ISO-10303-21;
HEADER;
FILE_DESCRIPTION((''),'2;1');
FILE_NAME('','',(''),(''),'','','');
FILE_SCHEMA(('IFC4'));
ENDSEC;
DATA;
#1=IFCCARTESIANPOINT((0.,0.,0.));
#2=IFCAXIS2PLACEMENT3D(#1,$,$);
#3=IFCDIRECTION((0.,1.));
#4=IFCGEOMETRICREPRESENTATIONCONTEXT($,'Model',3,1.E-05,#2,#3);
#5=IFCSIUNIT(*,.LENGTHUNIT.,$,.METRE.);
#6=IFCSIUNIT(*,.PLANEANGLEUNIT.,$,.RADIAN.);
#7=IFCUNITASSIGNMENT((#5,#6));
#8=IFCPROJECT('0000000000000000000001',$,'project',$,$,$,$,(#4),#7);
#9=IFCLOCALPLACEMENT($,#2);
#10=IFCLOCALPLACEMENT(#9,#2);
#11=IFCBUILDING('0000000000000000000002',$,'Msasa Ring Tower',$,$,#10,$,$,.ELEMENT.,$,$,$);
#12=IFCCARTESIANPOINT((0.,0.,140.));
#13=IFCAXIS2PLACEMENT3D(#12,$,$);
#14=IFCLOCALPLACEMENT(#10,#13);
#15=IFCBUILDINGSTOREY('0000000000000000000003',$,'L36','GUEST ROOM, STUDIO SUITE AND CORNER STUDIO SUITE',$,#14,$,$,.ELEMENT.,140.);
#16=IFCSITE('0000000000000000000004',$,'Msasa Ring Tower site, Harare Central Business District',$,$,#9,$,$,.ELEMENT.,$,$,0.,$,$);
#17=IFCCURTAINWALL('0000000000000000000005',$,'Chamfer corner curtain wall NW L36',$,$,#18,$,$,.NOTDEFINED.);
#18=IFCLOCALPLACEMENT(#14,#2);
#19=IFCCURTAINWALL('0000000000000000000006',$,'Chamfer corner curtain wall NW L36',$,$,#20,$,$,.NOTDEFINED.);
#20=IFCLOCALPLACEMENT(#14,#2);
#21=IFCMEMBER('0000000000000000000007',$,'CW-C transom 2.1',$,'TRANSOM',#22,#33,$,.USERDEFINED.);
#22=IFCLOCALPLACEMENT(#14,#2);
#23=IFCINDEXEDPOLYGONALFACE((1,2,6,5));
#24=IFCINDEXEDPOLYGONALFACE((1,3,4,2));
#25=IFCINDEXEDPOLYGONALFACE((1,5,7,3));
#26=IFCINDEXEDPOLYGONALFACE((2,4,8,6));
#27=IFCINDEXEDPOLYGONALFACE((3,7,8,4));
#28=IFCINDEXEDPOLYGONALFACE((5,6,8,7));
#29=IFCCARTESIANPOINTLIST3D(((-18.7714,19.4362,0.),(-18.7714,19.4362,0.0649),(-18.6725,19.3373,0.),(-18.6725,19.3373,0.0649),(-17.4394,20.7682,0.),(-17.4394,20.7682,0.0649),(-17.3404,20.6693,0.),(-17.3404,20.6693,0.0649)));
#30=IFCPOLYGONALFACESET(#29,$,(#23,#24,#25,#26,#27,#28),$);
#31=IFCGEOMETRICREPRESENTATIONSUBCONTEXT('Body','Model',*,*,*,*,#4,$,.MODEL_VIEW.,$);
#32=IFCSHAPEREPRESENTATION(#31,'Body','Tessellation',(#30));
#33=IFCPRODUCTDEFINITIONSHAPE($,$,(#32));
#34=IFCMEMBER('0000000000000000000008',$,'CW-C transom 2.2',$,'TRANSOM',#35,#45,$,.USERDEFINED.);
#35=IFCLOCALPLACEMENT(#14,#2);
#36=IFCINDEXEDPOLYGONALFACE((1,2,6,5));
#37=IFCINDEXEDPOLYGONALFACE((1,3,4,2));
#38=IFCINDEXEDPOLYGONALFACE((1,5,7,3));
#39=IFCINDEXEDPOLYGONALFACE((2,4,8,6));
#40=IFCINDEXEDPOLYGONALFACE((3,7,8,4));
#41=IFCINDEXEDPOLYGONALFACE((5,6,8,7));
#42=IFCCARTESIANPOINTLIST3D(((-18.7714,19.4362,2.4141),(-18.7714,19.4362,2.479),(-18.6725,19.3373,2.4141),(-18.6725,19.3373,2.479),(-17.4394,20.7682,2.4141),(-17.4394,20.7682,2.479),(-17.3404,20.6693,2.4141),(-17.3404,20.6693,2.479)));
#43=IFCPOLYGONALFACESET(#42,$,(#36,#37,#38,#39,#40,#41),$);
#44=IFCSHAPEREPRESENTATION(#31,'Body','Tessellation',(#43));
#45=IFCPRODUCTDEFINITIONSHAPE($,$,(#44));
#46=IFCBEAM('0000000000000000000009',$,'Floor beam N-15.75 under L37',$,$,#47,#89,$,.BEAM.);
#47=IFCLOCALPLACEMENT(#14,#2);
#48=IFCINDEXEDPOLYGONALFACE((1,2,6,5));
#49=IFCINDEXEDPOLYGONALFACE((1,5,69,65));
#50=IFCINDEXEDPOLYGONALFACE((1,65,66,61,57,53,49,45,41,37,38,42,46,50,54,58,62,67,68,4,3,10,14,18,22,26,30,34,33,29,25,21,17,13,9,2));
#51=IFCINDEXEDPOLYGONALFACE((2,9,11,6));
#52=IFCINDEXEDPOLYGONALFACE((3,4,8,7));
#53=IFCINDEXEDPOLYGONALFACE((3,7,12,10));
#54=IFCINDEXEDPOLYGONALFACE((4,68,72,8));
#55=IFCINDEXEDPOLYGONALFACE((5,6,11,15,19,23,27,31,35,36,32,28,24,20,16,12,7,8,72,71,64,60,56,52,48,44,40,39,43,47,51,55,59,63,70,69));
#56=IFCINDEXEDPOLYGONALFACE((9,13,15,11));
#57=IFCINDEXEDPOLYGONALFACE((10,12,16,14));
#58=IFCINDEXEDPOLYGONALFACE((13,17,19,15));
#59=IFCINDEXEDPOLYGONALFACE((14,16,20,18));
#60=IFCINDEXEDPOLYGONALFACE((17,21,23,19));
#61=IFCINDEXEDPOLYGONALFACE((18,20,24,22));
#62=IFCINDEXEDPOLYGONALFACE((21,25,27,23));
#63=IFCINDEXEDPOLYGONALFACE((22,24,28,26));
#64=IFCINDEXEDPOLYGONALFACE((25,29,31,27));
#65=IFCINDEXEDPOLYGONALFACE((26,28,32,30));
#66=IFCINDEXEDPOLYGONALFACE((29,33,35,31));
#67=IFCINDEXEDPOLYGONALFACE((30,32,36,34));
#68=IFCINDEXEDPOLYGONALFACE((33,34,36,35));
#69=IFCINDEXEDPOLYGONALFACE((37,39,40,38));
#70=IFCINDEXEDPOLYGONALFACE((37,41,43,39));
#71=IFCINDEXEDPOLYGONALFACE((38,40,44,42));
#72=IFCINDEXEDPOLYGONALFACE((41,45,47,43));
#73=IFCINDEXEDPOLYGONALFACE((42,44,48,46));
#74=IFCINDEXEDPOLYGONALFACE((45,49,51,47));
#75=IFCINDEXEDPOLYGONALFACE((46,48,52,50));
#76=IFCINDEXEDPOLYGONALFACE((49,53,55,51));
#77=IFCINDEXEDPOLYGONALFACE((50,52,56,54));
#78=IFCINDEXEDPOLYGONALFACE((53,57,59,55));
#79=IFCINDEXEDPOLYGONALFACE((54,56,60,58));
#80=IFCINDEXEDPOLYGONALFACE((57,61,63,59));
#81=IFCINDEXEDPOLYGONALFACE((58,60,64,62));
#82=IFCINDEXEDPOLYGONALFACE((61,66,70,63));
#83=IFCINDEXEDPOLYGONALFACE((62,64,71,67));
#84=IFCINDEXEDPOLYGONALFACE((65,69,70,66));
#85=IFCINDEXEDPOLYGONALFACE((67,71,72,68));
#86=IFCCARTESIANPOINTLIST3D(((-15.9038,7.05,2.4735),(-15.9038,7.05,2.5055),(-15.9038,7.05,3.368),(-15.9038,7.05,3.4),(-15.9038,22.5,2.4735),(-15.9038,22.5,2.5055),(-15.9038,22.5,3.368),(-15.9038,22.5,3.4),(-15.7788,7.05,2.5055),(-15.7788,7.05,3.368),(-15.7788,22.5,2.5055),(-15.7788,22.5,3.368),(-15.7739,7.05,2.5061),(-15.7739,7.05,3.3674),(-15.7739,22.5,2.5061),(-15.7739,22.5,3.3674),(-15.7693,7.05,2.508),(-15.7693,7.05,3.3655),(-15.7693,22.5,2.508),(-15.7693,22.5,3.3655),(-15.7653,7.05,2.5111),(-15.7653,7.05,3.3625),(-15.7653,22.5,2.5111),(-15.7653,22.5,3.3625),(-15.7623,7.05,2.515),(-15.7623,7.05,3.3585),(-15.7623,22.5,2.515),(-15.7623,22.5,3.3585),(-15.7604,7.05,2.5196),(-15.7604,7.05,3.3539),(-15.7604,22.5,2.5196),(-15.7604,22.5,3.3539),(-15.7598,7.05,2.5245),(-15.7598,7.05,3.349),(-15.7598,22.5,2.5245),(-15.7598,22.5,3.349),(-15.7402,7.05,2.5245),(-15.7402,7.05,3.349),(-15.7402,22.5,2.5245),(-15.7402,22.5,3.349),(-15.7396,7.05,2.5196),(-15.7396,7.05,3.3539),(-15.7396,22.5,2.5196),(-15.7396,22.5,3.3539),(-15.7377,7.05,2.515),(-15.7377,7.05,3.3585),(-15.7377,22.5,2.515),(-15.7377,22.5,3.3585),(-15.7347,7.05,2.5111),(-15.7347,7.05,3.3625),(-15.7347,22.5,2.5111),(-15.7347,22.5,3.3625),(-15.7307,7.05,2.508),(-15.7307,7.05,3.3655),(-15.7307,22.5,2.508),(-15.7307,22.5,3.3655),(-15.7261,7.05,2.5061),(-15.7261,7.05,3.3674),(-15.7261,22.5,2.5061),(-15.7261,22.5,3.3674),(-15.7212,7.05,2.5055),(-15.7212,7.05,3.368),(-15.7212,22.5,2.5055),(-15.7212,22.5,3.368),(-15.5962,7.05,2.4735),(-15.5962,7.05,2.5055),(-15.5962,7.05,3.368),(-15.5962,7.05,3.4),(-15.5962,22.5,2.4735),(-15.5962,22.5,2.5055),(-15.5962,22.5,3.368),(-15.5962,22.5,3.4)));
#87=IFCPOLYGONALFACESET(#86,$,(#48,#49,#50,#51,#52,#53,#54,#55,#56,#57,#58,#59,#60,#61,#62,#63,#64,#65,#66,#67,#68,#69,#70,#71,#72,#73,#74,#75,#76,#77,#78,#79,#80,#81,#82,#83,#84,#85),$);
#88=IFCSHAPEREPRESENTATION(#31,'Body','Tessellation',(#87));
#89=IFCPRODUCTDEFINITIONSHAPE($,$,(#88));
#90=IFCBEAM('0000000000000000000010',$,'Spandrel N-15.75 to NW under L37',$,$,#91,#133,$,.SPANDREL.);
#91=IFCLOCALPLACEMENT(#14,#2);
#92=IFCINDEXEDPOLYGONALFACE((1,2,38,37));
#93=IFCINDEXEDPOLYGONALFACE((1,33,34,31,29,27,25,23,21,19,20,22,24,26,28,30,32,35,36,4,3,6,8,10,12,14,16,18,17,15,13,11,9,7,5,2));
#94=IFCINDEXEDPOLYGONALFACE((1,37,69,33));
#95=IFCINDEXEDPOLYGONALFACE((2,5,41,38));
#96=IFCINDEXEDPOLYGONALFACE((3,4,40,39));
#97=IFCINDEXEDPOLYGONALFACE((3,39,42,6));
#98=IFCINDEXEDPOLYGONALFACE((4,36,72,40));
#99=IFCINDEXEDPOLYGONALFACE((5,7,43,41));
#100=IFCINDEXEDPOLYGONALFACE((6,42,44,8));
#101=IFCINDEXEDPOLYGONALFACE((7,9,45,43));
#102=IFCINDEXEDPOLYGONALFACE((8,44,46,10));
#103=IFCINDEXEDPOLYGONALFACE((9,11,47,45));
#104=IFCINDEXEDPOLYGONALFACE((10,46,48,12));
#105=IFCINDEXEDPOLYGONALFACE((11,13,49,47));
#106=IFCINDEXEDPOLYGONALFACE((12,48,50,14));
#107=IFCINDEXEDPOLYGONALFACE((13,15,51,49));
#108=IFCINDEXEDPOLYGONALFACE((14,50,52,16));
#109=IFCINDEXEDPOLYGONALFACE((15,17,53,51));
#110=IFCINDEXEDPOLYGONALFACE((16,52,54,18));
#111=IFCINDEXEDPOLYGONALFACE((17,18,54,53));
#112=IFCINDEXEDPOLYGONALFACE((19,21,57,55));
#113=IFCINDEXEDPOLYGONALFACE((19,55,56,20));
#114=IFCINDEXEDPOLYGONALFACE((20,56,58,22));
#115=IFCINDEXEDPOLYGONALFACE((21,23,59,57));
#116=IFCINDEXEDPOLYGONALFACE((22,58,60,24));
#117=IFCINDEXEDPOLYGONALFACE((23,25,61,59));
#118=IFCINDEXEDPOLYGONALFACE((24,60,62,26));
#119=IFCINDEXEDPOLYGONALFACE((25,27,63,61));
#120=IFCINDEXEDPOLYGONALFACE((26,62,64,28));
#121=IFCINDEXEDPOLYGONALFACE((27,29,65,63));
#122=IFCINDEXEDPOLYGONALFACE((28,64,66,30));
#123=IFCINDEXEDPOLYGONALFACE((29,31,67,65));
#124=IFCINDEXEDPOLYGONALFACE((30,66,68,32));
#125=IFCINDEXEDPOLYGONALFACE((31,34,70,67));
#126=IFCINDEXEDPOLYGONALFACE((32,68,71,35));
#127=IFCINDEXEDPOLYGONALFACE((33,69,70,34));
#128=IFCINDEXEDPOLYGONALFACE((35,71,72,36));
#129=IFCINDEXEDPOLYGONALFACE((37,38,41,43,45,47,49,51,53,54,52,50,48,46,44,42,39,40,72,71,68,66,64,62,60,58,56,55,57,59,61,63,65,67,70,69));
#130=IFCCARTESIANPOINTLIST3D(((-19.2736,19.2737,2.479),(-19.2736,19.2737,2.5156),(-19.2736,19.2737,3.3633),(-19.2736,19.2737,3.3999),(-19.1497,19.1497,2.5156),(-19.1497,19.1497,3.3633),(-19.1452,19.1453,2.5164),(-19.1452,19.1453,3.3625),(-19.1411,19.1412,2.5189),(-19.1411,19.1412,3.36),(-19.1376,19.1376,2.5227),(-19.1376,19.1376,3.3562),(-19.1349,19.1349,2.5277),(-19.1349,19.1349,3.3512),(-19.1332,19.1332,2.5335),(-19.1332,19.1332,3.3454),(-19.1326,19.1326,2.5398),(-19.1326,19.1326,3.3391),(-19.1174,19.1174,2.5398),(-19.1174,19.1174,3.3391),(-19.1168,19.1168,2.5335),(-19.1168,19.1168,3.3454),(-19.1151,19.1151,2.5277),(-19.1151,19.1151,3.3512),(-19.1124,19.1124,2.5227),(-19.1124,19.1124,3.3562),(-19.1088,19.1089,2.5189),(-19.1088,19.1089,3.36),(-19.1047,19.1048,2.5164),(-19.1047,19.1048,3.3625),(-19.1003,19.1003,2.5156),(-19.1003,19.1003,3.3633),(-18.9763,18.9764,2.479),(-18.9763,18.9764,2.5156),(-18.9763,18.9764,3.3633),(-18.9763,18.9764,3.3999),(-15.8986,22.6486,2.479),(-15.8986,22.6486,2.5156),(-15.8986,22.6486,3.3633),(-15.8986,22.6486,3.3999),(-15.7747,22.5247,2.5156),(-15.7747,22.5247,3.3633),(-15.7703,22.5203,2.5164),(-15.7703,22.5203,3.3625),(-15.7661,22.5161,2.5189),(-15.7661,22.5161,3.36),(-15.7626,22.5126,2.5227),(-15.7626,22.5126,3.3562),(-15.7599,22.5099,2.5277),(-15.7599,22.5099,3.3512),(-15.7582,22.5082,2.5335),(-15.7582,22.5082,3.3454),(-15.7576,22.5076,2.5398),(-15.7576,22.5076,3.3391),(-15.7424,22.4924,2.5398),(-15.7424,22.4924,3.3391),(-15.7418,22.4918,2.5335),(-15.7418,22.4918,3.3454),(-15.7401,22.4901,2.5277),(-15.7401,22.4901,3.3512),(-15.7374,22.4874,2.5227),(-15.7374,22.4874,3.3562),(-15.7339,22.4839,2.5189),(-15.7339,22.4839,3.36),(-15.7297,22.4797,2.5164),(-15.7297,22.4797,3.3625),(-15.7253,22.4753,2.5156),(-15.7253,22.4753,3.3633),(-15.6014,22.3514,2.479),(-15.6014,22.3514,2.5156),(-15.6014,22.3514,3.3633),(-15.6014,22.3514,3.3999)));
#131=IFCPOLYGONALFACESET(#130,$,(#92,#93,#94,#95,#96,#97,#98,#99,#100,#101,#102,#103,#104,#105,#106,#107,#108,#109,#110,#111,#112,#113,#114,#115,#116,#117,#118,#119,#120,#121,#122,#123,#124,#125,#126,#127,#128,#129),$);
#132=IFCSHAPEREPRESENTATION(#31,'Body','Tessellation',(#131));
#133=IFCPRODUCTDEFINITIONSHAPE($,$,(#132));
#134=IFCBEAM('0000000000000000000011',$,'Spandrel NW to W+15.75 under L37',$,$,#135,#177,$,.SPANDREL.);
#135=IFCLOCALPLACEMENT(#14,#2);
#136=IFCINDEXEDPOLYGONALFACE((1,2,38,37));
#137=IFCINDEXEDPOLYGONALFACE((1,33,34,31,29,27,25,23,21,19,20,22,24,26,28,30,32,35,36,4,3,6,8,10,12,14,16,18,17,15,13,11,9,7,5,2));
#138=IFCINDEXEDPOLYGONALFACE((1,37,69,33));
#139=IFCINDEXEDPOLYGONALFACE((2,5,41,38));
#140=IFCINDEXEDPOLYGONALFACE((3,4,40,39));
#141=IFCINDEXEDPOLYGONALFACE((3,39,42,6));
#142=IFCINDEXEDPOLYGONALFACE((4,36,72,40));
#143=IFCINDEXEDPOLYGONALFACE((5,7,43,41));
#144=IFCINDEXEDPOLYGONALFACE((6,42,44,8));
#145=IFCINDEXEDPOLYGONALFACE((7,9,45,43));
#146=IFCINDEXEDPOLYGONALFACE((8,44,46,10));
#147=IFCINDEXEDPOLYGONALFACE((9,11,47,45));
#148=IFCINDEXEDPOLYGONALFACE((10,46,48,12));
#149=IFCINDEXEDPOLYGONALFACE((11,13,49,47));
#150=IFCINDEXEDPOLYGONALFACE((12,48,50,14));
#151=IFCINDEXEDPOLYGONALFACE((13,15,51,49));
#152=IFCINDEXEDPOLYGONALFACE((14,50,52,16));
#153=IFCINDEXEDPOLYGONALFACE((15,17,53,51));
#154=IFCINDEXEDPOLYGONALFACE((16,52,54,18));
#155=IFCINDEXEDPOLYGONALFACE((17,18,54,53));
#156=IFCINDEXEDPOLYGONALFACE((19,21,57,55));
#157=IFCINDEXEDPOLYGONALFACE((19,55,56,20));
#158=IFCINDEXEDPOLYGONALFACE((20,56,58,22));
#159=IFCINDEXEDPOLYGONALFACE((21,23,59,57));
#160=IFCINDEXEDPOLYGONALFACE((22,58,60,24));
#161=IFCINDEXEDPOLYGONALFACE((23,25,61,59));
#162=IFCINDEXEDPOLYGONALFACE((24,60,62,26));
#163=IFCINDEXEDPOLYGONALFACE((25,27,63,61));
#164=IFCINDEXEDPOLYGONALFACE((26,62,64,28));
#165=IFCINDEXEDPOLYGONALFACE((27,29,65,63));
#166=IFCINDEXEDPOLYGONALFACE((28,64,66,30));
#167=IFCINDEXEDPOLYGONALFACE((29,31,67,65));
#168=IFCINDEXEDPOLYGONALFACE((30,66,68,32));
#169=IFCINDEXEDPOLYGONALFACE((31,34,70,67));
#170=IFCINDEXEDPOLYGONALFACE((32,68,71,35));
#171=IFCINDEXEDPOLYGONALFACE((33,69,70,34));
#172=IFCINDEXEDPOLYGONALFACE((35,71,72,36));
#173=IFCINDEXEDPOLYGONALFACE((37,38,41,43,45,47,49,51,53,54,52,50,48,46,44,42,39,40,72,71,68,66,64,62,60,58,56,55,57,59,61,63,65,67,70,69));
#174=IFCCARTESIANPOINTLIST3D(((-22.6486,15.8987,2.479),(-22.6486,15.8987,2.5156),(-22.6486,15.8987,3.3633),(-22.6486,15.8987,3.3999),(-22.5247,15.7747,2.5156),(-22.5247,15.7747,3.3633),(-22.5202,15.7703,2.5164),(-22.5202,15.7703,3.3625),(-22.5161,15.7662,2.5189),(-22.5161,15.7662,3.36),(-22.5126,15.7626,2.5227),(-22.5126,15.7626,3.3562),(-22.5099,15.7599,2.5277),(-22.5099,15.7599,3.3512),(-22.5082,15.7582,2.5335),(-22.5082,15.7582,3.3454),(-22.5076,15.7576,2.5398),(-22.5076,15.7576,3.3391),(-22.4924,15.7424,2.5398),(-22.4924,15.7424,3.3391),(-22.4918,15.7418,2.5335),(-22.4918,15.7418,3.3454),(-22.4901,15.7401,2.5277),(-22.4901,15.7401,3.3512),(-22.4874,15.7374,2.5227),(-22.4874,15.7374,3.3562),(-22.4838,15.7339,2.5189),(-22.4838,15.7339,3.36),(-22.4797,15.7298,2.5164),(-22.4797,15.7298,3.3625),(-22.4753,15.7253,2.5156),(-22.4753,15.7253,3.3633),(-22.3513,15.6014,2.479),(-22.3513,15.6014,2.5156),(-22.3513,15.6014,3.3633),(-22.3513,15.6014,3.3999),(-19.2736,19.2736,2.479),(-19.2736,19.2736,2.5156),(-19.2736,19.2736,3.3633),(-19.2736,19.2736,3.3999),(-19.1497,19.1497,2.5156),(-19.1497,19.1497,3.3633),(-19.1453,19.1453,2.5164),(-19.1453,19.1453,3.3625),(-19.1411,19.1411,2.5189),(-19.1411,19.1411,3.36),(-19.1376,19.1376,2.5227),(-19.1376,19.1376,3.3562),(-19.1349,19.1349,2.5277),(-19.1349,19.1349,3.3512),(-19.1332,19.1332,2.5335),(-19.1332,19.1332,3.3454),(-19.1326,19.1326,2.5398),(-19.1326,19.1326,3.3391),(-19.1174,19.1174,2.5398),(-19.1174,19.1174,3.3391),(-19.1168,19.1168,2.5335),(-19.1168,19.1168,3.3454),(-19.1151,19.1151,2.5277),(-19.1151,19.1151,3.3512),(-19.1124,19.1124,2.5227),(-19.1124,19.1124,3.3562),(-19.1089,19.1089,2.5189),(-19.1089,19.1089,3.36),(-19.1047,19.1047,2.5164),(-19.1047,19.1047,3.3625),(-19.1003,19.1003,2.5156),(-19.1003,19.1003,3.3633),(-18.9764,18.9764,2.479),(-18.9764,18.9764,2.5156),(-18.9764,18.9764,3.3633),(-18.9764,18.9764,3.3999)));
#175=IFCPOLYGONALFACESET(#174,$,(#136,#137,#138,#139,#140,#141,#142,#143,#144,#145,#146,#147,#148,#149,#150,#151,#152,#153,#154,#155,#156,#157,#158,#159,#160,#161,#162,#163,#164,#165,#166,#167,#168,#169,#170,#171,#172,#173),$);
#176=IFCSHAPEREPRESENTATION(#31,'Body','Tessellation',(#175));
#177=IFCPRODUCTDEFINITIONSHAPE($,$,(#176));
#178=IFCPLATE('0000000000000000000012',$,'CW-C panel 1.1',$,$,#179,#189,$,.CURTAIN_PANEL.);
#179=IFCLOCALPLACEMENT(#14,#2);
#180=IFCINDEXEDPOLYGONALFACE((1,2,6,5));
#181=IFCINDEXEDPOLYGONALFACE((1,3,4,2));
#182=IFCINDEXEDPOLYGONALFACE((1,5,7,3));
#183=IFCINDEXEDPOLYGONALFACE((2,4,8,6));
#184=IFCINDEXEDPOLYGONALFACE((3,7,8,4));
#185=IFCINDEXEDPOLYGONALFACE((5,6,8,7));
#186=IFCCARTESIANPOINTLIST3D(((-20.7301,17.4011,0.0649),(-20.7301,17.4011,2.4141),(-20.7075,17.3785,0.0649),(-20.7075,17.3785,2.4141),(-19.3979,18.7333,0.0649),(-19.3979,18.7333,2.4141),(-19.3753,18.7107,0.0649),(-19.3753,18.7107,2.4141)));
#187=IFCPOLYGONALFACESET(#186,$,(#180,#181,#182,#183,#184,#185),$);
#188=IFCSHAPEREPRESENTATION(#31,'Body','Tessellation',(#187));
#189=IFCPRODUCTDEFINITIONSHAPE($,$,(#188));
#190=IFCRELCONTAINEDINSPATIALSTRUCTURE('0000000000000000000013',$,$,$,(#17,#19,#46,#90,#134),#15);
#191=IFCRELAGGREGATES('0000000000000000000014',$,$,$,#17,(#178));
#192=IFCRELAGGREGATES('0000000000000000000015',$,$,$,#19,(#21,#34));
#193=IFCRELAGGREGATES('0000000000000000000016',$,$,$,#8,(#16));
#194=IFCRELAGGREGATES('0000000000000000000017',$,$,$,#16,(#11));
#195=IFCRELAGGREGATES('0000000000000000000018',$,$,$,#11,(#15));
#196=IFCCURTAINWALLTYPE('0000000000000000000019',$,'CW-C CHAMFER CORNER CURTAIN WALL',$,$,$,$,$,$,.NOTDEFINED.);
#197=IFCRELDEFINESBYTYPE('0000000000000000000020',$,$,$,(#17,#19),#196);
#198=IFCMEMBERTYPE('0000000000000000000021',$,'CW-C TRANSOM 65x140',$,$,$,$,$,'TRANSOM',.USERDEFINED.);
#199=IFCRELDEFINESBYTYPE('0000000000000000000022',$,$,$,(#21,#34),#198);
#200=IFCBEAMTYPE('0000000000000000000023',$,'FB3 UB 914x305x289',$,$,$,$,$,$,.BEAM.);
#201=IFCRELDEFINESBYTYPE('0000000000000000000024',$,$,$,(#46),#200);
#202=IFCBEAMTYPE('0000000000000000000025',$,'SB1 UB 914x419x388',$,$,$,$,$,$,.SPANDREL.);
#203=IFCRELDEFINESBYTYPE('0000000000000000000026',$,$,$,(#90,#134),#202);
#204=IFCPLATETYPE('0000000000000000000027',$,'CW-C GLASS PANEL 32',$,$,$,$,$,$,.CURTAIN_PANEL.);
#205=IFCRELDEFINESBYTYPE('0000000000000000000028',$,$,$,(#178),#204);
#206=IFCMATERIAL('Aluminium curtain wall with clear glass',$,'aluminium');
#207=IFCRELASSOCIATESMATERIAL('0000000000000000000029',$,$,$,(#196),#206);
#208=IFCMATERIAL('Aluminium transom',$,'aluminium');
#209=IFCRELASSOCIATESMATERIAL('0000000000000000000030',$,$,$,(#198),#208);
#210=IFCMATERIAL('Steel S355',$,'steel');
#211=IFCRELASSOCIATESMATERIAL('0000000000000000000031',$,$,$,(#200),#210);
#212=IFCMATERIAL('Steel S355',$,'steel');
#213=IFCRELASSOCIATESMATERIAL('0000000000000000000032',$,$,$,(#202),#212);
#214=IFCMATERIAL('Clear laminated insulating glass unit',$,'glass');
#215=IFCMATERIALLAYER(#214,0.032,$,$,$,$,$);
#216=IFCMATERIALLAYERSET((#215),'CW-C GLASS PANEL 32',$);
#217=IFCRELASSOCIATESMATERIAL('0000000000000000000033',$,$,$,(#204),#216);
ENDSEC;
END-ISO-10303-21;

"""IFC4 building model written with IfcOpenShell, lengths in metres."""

from ifc_helpers import new_model, si_unit, direction, frame, origin, origin_2d, place, context, subcontext, project, spatial, rectangle, i_section, extrude, material, layer, layer_set, material_profile, profile_set, type_object, element, aggregate, save


model = new_model("IFC4")

# Units and contexts
model_context = context("Model", 3, precision=1e-05, world=origin(), true_north=direction((0.0, 1.0)))
body_context = subcontext(model_context, "Body", "Model", "MODEL_VIEW")
ifc_project = project(units=[si_unit("LENGTHUNIT", "METRE"), si_unit("PLANEANGLEUNIT", "RADIAN")], contexts=[model_context])

# Site, building, storey
site_placement = place(None, origin())
site = spatial("IfcSite", under=ifc_project, at=site_placement, Name="Msasa Ring Tower site, Harare Central Business District", CompositionType="ELEMENT", RefElevation=0.0)
building_placement = place(site_placement, origin())
building = spatial("IfcBuilding", under=site, at=building_placement, Name="Msasa Ring Tower", CompositionType="ELEMENT")
storey_placement = place(building_placement, frame((0.0, 0.0, 140.0)))
storey = spatial("IfcBuildingStorey", under=building, at=storey_placement, Name="L36", Description="GUEST ROOM, STUDIO SUITE AND CORNER STUDIO SUITE", CompositionType="ELEMENT", Elevation=140.0)

# Curtain walls
ifc_material_1 = material(Name="Aluminium curtain wall with clear glass", Category="aluminium")
curtain_wall_type = type_object("IfcCurtainWallType", Name="CW-C CHAMFER CORNER CURTAIN WALL", PredefinedType="NOTDEFINED", material=ifc_material_1)
curtain_wall_1_placement = place(storey_placement, origin())
curtain_wall_1 = element("IfcCurtainWall", 1, at=curtain_wall_1_placement, inside=storey, type_object=curtain_wall_type, Name="Chamfer corner curtain wall NW L36", PredefinedType="NOTDEFINED")
curtain_wall_2_placement = place(storey_placement, origin())
curtain_wall_2 = element("IfcCurtainWall", 2, at=curtain_wall_2_placement, inside=storey, type_object=curtain_wall_type, Name="Chamfer corner curtain wall NW L36", PredefinedType="NOTDEFINED")

# Members
ifc_material_2 = material(Name="Aluminium transom", Category="aluminium")
ifc_material_profile_1 = material_profile(ifc_material_2, rectangle(XDim=0.1399, YDim=0.0649, at=origin_2d()), Name="AL 65x140")
ifc_profile_set_1 = profile_set([ifc_material_profile_1], Name="Aluminium transom")
member_type_1 = type_object("IfcMemberType", Name="CW-C TRANSOM 65x140", ElementType="TRANSOM", PredefinedType="USERDEFINED", material=ifc_profile_set_1)
member_1_placement = place(storey_placement, frame((-17.3899, 20.7188, 0.0325), z_axis=(-0.707107, -0.707107, 0.0), x_axis=(0.707107, -0.707107, 0.0)))
member_1 = element("IfcMember", 3, at=member_1_placement, type_object=member_type_1, Name="CW-C transom 2.1", ObjectType="TRANSOM", PredefinedType="USERDEFINED", context=body_context, shape_type="SweptSolid", body=[
    extrude(rectangle(XDim=0.1399, YDim=0.0649, at=origin_2d()), origin(), (0.0, 0.0, 1.0), 1.8838),
])
member_2_placement = place(storey_placement, frame((-17.3899, 20.7188, 2.4465), z_axis=(-0.707107, -0.707107, 0.0), x_axis=(0.707107, -0.707107, 0.0)))
member_2 = element("IfcMember", 4, at=member_2_placement, type_object=member_type_1, Name="CW-C transom 2.2", ObjectType="TRANSOM", PredefinedType="USERDEFINED", context=body_context, shape_type="SweptSolid", body=[
    extrude(rectangle(XDim=0.1399, YDim=0.0649, at=origin_2d()), origin(), (0.0, 0.0, 1.0), 1.8838),
])

# Beams
ifc_material_3 = material(Name="Steel S355", Category="steel")
ifc_material_profile_2 = material_profile(ifc_material_3, i_section(OverallWidth=0.3076, OverallDepth=0.9265, WebThickness=0.0195, FlangeThickness=0.032, FilletRadius=0.019, at=origin_2d()), Name="UB 914x305x289")
ifc_profile_set_2 = profile_set([ifc_material_profile_2], Name="Steel S355")
beam_type_1 = type_object("IfcBeamType", Name="FB3 UB 914x305x289", PredefinedType="BEAM", material=ifc_profile_set_2)
beam_placement = place(storey_placement, frame((-15.75, 22.5, 2.9368), z_axis=(0.0, -1.0, 0.0), x_axis=(1.0, 0.0, 0.0)))
element("IfcBeam", 5, at=beam_placement, inside=storey, type_object=beam_type_1, Name="Floor beam N-15.75 under L37", PredefinedType="BEAM", context=body_context, shape_type="SweptSolid", body=[
    extrude(i_section(OverallWidth=0.3076, OverallDepth=0.9265, WebThickness=0.0195, FlangeThickness=0.032, FilletRadius=0.019, at=origin_2d()), origin(), (0.0, 0.0, 1.0), 15.45),
])
ifc_material_4 = material(Name="Steel S355", Category="steel")
ifc_material_profile_3 = material_profile(ifc_material_4, i_section(OverallWidth=0.4204, OverallDepth=0.9209, WebThickness=0.0215, FlangeThickness=0.0366, FilletRadius=0.0242, at=origin_2d()), Name="UB 914x419x388")
ifc_profile_set_3 = profile_set([ifc_material_profile_3], Name="Steel S355")
beam_type_2 = type_object("IfcBeamType", Name="SB1 UB 914x419x388", PredefinedType="SPANDREL", material=ifc_profile_set_3)
for number, where, z_axis, x_axis, name in (
    (6, (-15.75, 22.5, 2.9395), (-0.707107, -0.707107, 0.0), (0.707107, -0.707107, 0.0), "Spandrel N-15.75 to NW under L37"),
    (7, (-19.125, 19.125, 2.9395), (-0.707107, -0.707107, 0.0), (0.707107, -0.707107, 0.0), "Spandrel NW to W+15.75 under L37"),
):
    element("IfcBeam", number, at=place(storey_placement, frame(where, z_axis=z_axis, x_axis=x_axis)), inside=storey, type_object=beam_type_2, Name=name, PredefinedType="SPANDREL", context=body_context, shape_type="SweptSolid", body=[
        extrude(i_section(OverallWidth=0.4204, OverallDepth=0.9209, WebThickness=0.0215, FlangeThickness=0.0366, FilletRadius=0.0242, at=origin_2d()), origin(), (0.0, 0.0, 1.0), 4.7729),
    ])

# Plate
ifc_material_5 = material(Name="Clear laminated insulating glass unit", Category="glass")
ifc_layer_1 = layer(ifc_material_5, 0.032)
ifc_layer_set_1 = layer_set([ifc_layer_1], Name="CW-C GLASS PANEL 32")
plate_type = type_object("IfcPlateType", Name="CW-C GLASS PANEL 32", PredefinedType="CURTAIN_PANEL", material=ifc_layer_set_1)
plate_1_placement = place(storey_placement, frame((-20.0527, 18.0559, 0.0649), z_axis=(0.0, 0.0, 1.0), x_axis=(-0.707107, -0.707107, 0.0)))
plate_1 = element("IfcPlate", 8, at=plate_1_placement, type_object=plate_type, Name="CW-C panel 1.1", PredefinedType="CURTAIN_PANEL", context=body_context, shape_type="SweptSolid", body=[
    extrude(rectangle(XDim=1.884, YDim=0.032, at=origin_2d()), origin(), (0.0, 0.0, 1.0), 2.3491),
])
aggregate(curtain_wall_1, [plate_1])
aggregate(curtain_wall_2, [member_1, member_2])

save(model, "model.ifc")
